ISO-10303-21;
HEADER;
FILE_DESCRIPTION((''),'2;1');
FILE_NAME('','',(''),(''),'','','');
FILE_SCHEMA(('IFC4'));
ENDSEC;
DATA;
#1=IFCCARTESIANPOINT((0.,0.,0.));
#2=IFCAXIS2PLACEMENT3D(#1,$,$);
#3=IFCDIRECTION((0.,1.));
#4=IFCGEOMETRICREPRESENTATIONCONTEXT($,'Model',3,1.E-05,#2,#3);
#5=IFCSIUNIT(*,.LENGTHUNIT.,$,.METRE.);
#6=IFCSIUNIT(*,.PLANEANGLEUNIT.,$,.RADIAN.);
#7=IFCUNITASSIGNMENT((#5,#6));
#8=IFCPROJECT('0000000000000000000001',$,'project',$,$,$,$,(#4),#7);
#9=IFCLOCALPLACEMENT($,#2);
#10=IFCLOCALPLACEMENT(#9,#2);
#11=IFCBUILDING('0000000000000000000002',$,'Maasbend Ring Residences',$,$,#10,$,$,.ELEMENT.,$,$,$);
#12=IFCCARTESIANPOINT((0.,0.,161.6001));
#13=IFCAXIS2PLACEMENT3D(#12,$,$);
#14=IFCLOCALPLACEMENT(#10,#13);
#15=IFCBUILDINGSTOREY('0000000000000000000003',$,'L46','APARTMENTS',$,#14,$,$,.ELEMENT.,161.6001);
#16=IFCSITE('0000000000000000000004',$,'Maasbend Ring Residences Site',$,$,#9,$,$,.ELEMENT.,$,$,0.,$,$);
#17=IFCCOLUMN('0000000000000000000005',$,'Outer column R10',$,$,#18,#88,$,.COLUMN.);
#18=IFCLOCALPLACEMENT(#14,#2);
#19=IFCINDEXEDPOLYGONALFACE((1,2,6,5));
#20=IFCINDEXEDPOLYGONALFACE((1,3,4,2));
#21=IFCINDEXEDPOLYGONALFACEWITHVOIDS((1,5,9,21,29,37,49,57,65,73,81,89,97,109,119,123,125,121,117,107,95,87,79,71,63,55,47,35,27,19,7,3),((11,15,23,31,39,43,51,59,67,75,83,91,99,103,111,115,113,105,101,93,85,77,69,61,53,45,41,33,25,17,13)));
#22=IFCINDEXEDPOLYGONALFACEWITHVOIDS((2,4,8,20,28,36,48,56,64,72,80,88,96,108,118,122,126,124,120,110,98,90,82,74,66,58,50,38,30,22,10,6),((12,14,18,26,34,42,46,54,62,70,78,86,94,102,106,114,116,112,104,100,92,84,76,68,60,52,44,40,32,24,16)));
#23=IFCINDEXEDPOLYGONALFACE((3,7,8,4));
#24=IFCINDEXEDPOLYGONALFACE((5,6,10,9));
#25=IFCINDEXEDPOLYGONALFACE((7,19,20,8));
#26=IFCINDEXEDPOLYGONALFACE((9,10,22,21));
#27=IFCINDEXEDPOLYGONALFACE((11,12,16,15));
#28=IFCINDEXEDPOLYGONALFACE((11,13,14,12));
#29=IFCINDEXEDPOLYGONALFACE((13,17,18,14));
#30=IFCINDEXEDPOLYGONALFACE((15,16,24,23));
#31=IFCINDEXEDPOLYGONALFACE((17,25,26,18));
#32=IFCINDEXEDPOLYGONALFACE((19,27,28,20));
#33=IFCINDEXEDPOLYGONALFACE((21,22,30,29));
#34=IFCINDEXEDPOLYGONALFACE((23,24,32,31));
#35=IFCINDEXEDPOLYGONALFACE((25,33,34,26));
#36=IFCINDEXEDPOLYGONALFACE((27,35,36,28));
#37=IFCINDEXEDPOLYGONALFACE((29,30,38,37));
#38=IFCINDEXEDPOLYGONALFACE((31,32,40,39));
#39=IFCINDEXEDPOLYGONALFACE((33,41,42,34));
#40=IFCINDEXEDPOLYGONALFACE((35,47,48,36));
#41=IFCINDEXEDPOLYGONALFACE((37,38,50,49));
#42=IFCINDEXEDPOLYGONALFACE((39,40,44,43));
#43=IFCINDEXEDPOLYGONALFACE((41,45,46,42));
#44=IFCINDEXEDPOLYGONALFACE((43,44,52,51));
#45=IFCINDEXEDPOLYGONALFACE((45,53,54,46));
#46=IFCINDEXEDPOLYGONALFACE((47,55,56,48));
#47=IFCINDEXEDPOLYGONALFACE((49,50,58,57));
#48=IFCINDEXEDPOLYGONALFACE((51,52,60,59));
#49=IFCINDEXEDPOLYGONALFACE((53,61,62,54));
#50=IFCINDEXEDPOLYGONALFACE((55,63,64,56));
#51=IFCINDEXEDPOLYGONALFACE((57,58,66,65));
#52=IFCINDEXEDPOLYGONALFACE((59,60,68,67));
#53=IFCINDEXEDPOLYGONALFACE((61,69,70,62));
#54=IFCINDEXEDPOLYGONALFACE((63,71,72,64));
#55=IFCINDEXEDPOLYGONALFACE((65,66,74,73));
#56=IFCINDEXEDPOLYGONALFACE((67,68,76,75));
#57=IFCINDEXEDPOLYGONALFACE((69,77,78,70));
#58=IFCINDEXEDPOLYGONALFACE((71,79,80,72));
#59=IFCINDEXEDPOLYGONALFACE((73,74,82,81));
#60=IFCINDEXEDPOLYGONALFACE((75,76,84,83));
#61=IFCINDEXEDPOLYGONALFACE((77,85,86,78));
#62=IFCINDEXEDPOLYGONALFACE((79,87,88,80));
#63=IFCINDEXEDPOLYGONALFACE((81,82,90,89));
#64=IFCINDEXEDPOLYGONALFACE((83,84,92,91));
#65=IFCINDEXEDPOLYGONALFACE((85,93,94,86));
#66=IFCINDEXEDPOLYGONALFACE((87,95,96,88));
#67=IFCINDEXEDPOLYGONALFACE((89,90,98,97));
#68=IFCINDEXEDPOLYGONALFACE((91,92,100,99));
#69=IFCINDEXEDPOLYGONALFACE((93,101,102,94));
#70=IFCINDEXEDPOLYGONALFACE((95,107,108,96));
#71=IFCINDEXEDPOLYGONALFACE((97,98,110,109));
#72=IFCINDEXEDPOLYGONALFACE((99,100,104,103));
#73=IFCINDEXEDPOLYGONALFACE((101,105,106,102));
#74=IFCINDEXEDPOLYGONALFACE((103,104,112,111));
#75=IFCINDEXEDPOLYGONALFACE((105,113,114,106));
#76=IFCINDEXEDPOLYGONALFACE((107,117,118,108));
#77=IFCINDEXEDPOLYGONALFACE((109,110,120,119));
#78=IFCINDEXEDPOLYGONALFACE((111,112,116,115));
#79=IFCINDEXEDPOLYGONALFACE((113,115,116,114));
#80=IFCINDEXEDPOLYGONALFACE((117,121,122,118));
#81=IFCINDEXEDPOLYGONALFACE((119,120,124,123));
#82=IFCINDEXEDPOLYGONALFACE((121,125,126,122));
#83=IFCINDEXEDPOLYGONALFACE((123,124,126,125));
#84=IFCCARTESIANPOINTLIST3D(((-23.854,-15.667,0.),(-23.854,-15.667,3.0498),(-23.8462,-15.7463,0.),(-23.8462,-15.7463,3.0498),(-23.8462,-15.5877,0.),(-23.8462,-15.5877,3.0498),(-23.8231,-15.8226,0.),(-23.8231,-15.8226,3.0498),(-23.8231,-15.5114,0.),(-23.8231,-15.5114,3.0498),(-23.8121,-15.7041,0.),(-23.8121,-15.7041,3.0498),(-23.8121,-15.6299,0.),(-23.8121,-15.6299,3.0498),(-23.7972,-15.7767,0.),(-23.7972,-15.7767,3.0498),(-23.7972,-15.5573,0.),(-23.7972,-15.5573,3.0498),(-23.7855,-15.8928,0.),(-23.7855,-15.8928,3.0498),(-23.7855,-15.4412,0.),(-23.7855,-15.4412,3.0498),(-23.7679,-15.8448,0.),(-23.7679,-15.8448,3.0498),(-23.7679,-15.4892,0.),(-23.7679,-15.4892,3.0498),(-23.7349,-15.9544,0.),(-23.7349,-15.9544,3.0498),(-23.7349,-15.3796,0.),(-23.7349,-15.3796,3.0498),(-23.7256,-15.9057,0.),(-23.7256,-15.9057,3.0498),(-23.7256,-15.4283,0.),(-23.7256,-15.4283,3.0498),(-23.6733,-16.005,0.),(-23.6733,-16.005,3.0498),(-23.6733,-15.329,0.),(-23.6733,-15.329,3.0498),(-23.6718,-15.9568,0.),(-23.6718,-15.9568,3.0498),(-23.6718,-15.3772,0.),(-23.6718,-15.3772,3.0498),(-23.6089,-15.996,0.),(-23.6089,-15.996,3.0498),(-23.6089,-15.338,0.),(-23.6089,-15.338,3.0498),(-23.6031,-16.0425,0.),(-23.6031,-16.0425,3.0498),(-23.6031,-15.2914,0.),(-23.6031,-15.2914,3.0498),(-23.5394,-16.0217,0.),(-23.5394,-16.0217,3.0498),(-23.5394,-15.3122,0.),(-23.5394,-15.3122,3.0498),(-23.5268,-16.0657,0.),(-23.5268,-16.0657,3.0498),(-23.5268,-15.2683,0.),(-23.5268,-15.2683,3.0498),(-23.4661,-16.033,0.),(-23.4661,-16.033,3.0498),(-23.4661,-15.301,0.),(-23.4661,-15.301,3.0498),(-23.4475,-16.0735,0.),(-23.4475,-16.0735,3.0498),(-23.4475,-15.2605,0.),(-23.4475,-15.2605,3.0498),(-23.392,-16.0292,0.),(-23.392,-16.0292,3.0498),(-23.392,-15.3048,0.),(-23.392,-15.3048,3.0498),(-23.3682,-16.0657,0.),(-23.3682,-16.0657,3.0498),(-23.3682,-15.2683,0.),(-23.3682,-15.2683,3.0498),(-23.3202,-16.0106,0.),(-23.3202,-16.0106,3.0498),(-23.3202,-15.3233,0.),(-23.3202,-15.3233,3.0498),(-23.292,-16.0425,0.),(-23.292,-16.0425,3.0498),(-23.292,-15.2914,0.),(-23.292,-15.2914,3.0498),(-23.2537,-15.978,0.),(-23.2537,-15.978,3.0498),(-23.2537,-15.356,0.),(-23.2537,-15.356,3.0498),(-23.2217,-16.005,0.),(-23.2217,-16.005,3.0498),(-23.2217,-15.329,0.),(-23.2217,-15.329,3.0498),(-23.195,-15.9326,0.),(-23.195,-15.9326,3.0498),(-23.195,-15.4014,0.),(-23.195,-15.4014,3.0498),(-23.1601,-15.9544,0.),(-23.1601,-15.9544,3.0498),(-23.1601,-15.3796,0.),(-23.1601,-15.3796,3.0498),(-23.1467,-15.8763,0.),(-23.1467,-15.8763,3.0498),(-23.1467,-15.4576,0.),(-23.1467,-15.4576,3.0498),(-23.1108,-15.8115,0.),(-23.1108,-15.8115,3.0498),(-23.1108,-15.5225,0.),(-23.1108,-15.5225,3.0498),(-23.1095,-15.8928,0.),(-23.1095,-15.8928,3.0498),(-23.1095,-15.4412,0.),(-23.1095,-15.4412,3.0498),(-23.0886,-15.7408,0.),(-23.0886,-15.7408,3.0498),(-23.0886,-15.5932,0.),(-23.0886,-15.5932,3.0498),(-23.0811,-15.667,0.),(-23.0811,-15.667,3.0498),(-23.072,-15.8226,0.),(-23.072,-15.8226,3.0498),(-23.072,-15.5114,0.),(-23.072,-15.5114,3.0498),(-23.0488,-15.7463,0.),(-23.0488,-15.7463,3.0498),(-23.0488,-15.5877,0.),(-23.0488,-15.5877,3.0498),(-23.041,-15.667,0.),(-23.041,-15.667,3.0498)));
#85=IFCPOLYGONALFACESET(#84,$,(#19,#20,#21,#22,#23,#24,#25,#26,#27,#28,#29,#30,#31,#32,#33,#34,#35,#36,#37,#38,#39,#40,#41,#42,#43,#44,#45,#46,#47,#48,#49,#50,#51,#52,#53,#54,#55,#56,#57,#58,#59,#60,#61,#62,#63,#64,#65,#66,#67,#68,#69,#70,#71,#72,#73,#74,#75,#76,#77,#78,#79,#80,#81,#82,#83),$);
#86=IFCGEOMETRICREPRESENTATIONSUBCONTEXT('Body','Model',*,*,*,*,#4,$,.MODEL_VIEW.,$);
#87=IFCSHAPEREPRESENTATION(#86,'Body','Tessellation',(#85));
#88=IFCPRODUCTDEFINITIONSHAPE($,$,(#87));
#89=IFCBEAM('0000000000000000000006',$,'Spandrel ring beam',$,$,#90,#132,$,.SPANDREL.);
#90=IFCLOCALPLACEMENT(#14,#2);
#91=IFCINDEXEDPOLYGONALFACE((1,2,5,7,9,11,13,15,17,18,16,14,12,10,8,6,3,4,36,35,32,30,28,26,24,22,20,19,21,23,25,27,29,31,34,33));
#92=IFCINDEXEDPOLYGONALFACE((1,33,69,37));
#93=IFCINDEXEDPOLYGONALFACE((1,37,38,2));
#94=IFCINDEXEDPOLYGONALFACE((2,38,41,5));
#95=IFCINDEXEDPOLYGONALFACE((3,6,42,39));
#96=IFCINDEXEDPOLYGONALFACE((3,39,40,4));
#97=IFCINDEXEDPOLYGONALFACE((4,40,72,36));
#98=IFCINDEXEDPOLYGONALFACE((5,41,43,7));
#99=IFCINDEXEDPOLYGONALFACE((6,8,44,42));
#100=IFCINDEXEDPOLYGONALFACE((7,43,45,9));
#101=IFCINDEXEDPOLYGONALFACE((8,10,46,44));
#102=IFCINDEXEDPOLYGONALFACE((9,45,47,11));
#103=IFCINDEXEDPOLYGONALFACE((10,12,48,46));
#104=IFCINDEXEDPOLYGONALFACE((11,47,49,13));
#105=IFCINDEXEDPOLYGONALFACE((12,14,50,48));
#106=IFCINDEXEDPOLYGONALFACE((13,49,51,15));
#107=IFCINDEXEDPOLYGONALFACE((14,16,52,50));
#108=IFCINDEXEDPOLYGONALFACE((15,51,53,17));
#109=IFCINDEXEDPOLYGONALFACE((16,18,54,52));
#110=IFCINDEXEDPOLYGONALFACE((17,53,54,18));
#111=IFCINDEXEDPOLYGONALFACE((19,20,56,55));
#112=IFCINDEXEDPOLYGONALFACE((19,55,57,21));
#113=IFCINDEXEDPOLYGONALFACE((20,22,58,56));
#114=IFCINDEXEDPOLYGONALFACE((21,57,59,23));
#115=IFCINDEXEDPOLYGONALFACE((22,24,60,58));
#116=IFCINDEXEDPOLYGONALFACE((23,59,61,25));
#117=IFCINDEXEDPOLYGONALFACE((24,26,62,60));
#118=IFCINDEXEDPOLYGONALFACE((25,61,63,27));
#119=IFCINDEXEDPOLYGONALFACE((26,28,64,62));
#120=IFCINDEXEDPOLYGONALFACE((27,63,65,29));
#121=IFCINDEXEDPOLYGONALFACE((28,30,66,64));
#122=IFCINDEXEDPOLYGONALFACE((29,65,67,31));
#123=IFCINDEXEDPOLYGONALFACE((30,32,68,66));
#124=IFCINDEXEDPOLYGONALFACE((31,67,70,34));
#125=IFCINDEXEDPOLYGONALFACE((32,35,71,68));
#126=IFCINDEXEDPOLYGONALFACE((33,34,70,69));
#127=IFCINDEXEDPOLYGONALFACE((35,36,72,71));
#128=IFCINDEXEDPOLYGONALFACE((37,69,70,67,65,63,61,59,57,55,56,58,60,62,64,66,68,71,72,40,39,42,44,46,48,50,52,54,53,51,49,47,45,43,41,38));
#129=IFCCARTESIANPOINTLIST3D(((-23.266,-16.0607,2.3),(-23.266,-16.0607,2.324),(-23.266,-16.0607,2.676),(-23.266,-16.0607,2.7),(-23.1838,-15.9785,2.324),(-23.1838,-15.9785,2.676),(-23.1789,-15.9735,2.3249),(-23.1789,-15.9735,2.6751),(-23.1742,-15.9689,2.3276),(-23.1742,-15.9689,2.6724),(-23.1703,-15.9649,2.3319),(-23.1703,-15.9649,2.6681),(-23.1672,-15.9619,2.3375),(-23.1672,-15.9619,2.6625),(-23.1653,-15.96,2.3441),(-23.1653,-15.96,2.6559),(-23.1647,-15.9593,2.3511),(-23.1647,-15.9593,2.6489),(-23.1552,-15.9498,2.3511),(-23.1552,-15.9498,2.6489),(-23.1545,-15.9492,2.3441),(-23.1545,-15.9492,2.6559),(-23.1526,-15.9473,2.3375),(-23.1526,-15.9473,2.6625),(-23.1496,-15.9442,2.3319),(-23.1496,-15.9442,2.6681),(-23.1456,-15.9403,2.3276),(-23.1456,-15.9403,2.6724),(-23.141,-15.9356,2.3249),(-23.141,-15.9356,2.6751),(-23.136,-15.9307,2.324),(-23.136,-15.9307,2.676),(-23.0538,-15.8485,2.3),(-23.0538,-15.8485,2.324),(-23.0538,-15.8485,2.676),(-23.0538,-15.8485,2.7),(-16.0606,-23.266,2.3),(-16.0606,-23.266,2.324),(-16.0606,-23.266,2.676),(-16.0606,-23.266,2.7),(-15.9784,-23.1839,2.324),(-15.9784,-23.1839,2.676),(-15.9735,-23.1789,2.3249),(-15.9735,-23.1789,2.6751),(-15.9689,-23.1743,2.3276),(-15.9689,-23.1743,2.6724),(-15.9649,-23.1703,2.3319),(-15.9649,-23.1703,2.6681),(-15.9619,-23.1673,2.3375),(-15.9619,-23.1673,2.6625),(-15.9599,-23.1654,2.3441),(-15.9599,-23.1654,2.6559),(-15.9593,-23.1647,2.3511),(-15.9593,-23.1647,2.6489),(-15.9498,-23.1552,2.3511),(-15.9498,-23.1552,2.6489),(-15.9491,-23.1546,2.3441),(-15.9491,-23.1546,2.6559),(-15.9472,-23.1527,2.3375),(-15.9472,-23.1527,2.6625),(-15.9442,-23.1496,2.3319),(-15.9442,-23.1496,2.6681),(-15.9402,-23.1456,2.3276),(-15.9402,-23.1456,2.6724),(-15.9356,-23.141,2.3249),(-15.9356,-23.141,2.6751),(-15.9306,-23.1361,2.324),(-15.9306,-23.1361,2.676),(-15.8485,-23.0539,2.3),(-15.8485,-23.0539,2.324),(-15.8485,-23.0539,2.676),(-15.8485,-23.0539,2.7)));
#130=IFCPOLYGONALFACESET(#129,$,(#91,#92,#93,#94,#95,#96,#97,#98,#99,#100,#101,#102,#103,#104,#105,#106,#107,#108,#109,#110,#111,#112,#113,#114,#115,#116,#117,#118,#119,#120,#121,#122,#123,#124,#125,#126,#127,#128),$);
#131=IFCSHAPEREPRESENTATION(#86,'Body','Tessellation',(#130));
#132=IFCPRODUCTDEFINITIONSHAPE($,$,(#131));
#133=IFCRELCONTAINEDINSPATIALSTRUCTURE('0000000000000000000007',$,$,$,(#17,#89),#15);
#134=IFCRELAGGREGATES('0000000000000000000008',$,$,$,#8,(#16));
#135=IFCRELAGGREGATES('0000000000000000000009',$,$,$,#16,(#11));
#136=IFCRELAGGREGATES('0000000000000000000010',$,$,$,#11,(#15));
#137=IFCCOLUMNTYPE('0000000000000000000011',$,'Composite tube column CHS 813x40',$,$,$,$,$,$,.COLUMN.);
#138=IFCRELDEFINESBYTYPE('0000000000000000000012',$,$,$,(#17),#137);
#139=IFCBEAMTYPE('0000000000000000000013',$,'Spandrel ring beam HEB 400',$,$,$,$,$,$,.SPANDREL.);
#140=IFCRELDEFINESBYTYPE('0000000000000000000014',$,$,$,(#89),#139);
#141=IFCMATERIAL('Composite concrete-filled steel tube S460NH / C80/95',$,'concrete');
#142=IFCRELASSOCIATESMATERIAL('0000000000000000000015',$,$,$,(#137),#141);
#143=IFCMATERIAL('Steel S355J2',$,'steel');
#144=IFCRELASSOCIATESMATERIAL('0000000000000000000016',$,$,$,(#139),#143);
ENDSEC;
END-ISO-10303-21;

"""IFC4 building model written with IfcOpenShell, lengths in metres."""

from ifc_helpers import new_model, si_unit, direction, frame, origin, origin_2d, place, context, subcontext, project, spatial, hollow_circle, i_section, extrude, material, material_profile, profile_set, type_object, element, save


model = new_model("IFC4")

# Units and contexts
model_context = context("Model", 3, precision=1e-05, world=origin(), true_north=direction((0.0, 1.0)))
body_context = subcontext(model_context, "Body", "Model", "MODEL_VIEW")
ifc_project = project(units=[si_unit("LENGTHUNIT", "METRE"), si_unit("PLANEANGLEUNIT", "RADIAN")], contexts=[model_context])

# Site, building, storey
site_placement = place(None, origin())
site = spatial("IfcSite", under=ifc_project, at=site_placement, Name="Maasbend Ring Residences Site", CompositionType="ELEMENT", RefElevation=0.0)
building_placement = place(site_placement, origin())
building = spatial("IfcBuilding", under=site, at=building_placement, Name="Maasbend Ring Residences", CompositionType="ELEMENT")
storey_placement = place(building_placement, frame((0.0, 0.0, 161.6001)))
storey = spatial("IfcBuildingStorey", under=building, at=storey_placement, Name="L46", Description="APARTMENTS", CompositionType="ELEMENT", Elevation=161.6001)

# Column
ifc_material_1 = material(Name="Composite concrete-filled steel tube S460NH / C80/95", Category="concrete")
ifc_material_profile_1 = material_profile(ifc_material_1, hollow_circle(Radius=0.4065, WallThickness=0.04, at=origin_2d()), Name="Composite tube column CHS 813x40")
ifc_profile_set_1 = profile_set([ifc_material_profile_1], Name="Composite concrete-filled steel tube S460NH / C80/95")
column_type = type_object("IfcColumnType", Name="Composite tube column CHS 813x40", PredefinedType="COLUMN", material=ifc_profile_set_1)
column_placement = place(storey_placement, frame((-23.4475, -15.667, 0.0), z_axis=(0.0, 0.0, 1.0), x_axis=(1.0, 0.0, 0.0)))
element("IfcColumn", 1, at=column_placement, inside=storey, type_object=column_type, Name="Outer column R10", PredefinedType="COLUMN", context=body_context, shape_type="SweptSolid", body=[
    extrude(hollow_circle(Radius=0.4065, WallThickness=0.04, at=origin_2d()), origin(), (0.0, 0.0, 1.0), 3.0498),
])

# Beam
ifc_material_2 = material(Name="Steel S355J2", Category="steel")
ifc_material_profile_2 = material_profile(ifc_material_2, i_section(OverallWidth=0.3, OverallDepth=0.3999, WebThickness=0.0134, FlangeThickness=0.0239, FilletRadius=0.0271, at=origin_2d()), Name="HEB 400")
ifc_profile_set_2 = profile_set([ifc_material_profile_2], Name="Steel S355J2")
beam_type = type_object("IfcBeamType", Name="Spandrel ring beam HEB 400", PredefinedType="SPANDREL", material=ifc_profile_set_2)
beam_placement = place(storey_placement, frame((-23.1599, -15.9546, 2.5), z_axis=(0.707107, -0.707107, 0.0), x_axis=(0.707107, 0.707107, 0.0)))
element("IfcBeam", 2, at=beam_placement, inside=storey, type_object=beam_type, Name="Spandrel ring beam", PredefinedType="SPANDREL", context=body_context, shape_type="SweptSolid", body=[
    extrude(i_section(OverallWidth=0.3, OverallDepth=0.3999, WebThickness=0.0134, FlangeThickness=0.0239, FilletRadius=0.0271, at=origin_2d()), origin(), (0.0, 0.0, 1.0), 10.1899),
])

save(model, "model.ifc")
